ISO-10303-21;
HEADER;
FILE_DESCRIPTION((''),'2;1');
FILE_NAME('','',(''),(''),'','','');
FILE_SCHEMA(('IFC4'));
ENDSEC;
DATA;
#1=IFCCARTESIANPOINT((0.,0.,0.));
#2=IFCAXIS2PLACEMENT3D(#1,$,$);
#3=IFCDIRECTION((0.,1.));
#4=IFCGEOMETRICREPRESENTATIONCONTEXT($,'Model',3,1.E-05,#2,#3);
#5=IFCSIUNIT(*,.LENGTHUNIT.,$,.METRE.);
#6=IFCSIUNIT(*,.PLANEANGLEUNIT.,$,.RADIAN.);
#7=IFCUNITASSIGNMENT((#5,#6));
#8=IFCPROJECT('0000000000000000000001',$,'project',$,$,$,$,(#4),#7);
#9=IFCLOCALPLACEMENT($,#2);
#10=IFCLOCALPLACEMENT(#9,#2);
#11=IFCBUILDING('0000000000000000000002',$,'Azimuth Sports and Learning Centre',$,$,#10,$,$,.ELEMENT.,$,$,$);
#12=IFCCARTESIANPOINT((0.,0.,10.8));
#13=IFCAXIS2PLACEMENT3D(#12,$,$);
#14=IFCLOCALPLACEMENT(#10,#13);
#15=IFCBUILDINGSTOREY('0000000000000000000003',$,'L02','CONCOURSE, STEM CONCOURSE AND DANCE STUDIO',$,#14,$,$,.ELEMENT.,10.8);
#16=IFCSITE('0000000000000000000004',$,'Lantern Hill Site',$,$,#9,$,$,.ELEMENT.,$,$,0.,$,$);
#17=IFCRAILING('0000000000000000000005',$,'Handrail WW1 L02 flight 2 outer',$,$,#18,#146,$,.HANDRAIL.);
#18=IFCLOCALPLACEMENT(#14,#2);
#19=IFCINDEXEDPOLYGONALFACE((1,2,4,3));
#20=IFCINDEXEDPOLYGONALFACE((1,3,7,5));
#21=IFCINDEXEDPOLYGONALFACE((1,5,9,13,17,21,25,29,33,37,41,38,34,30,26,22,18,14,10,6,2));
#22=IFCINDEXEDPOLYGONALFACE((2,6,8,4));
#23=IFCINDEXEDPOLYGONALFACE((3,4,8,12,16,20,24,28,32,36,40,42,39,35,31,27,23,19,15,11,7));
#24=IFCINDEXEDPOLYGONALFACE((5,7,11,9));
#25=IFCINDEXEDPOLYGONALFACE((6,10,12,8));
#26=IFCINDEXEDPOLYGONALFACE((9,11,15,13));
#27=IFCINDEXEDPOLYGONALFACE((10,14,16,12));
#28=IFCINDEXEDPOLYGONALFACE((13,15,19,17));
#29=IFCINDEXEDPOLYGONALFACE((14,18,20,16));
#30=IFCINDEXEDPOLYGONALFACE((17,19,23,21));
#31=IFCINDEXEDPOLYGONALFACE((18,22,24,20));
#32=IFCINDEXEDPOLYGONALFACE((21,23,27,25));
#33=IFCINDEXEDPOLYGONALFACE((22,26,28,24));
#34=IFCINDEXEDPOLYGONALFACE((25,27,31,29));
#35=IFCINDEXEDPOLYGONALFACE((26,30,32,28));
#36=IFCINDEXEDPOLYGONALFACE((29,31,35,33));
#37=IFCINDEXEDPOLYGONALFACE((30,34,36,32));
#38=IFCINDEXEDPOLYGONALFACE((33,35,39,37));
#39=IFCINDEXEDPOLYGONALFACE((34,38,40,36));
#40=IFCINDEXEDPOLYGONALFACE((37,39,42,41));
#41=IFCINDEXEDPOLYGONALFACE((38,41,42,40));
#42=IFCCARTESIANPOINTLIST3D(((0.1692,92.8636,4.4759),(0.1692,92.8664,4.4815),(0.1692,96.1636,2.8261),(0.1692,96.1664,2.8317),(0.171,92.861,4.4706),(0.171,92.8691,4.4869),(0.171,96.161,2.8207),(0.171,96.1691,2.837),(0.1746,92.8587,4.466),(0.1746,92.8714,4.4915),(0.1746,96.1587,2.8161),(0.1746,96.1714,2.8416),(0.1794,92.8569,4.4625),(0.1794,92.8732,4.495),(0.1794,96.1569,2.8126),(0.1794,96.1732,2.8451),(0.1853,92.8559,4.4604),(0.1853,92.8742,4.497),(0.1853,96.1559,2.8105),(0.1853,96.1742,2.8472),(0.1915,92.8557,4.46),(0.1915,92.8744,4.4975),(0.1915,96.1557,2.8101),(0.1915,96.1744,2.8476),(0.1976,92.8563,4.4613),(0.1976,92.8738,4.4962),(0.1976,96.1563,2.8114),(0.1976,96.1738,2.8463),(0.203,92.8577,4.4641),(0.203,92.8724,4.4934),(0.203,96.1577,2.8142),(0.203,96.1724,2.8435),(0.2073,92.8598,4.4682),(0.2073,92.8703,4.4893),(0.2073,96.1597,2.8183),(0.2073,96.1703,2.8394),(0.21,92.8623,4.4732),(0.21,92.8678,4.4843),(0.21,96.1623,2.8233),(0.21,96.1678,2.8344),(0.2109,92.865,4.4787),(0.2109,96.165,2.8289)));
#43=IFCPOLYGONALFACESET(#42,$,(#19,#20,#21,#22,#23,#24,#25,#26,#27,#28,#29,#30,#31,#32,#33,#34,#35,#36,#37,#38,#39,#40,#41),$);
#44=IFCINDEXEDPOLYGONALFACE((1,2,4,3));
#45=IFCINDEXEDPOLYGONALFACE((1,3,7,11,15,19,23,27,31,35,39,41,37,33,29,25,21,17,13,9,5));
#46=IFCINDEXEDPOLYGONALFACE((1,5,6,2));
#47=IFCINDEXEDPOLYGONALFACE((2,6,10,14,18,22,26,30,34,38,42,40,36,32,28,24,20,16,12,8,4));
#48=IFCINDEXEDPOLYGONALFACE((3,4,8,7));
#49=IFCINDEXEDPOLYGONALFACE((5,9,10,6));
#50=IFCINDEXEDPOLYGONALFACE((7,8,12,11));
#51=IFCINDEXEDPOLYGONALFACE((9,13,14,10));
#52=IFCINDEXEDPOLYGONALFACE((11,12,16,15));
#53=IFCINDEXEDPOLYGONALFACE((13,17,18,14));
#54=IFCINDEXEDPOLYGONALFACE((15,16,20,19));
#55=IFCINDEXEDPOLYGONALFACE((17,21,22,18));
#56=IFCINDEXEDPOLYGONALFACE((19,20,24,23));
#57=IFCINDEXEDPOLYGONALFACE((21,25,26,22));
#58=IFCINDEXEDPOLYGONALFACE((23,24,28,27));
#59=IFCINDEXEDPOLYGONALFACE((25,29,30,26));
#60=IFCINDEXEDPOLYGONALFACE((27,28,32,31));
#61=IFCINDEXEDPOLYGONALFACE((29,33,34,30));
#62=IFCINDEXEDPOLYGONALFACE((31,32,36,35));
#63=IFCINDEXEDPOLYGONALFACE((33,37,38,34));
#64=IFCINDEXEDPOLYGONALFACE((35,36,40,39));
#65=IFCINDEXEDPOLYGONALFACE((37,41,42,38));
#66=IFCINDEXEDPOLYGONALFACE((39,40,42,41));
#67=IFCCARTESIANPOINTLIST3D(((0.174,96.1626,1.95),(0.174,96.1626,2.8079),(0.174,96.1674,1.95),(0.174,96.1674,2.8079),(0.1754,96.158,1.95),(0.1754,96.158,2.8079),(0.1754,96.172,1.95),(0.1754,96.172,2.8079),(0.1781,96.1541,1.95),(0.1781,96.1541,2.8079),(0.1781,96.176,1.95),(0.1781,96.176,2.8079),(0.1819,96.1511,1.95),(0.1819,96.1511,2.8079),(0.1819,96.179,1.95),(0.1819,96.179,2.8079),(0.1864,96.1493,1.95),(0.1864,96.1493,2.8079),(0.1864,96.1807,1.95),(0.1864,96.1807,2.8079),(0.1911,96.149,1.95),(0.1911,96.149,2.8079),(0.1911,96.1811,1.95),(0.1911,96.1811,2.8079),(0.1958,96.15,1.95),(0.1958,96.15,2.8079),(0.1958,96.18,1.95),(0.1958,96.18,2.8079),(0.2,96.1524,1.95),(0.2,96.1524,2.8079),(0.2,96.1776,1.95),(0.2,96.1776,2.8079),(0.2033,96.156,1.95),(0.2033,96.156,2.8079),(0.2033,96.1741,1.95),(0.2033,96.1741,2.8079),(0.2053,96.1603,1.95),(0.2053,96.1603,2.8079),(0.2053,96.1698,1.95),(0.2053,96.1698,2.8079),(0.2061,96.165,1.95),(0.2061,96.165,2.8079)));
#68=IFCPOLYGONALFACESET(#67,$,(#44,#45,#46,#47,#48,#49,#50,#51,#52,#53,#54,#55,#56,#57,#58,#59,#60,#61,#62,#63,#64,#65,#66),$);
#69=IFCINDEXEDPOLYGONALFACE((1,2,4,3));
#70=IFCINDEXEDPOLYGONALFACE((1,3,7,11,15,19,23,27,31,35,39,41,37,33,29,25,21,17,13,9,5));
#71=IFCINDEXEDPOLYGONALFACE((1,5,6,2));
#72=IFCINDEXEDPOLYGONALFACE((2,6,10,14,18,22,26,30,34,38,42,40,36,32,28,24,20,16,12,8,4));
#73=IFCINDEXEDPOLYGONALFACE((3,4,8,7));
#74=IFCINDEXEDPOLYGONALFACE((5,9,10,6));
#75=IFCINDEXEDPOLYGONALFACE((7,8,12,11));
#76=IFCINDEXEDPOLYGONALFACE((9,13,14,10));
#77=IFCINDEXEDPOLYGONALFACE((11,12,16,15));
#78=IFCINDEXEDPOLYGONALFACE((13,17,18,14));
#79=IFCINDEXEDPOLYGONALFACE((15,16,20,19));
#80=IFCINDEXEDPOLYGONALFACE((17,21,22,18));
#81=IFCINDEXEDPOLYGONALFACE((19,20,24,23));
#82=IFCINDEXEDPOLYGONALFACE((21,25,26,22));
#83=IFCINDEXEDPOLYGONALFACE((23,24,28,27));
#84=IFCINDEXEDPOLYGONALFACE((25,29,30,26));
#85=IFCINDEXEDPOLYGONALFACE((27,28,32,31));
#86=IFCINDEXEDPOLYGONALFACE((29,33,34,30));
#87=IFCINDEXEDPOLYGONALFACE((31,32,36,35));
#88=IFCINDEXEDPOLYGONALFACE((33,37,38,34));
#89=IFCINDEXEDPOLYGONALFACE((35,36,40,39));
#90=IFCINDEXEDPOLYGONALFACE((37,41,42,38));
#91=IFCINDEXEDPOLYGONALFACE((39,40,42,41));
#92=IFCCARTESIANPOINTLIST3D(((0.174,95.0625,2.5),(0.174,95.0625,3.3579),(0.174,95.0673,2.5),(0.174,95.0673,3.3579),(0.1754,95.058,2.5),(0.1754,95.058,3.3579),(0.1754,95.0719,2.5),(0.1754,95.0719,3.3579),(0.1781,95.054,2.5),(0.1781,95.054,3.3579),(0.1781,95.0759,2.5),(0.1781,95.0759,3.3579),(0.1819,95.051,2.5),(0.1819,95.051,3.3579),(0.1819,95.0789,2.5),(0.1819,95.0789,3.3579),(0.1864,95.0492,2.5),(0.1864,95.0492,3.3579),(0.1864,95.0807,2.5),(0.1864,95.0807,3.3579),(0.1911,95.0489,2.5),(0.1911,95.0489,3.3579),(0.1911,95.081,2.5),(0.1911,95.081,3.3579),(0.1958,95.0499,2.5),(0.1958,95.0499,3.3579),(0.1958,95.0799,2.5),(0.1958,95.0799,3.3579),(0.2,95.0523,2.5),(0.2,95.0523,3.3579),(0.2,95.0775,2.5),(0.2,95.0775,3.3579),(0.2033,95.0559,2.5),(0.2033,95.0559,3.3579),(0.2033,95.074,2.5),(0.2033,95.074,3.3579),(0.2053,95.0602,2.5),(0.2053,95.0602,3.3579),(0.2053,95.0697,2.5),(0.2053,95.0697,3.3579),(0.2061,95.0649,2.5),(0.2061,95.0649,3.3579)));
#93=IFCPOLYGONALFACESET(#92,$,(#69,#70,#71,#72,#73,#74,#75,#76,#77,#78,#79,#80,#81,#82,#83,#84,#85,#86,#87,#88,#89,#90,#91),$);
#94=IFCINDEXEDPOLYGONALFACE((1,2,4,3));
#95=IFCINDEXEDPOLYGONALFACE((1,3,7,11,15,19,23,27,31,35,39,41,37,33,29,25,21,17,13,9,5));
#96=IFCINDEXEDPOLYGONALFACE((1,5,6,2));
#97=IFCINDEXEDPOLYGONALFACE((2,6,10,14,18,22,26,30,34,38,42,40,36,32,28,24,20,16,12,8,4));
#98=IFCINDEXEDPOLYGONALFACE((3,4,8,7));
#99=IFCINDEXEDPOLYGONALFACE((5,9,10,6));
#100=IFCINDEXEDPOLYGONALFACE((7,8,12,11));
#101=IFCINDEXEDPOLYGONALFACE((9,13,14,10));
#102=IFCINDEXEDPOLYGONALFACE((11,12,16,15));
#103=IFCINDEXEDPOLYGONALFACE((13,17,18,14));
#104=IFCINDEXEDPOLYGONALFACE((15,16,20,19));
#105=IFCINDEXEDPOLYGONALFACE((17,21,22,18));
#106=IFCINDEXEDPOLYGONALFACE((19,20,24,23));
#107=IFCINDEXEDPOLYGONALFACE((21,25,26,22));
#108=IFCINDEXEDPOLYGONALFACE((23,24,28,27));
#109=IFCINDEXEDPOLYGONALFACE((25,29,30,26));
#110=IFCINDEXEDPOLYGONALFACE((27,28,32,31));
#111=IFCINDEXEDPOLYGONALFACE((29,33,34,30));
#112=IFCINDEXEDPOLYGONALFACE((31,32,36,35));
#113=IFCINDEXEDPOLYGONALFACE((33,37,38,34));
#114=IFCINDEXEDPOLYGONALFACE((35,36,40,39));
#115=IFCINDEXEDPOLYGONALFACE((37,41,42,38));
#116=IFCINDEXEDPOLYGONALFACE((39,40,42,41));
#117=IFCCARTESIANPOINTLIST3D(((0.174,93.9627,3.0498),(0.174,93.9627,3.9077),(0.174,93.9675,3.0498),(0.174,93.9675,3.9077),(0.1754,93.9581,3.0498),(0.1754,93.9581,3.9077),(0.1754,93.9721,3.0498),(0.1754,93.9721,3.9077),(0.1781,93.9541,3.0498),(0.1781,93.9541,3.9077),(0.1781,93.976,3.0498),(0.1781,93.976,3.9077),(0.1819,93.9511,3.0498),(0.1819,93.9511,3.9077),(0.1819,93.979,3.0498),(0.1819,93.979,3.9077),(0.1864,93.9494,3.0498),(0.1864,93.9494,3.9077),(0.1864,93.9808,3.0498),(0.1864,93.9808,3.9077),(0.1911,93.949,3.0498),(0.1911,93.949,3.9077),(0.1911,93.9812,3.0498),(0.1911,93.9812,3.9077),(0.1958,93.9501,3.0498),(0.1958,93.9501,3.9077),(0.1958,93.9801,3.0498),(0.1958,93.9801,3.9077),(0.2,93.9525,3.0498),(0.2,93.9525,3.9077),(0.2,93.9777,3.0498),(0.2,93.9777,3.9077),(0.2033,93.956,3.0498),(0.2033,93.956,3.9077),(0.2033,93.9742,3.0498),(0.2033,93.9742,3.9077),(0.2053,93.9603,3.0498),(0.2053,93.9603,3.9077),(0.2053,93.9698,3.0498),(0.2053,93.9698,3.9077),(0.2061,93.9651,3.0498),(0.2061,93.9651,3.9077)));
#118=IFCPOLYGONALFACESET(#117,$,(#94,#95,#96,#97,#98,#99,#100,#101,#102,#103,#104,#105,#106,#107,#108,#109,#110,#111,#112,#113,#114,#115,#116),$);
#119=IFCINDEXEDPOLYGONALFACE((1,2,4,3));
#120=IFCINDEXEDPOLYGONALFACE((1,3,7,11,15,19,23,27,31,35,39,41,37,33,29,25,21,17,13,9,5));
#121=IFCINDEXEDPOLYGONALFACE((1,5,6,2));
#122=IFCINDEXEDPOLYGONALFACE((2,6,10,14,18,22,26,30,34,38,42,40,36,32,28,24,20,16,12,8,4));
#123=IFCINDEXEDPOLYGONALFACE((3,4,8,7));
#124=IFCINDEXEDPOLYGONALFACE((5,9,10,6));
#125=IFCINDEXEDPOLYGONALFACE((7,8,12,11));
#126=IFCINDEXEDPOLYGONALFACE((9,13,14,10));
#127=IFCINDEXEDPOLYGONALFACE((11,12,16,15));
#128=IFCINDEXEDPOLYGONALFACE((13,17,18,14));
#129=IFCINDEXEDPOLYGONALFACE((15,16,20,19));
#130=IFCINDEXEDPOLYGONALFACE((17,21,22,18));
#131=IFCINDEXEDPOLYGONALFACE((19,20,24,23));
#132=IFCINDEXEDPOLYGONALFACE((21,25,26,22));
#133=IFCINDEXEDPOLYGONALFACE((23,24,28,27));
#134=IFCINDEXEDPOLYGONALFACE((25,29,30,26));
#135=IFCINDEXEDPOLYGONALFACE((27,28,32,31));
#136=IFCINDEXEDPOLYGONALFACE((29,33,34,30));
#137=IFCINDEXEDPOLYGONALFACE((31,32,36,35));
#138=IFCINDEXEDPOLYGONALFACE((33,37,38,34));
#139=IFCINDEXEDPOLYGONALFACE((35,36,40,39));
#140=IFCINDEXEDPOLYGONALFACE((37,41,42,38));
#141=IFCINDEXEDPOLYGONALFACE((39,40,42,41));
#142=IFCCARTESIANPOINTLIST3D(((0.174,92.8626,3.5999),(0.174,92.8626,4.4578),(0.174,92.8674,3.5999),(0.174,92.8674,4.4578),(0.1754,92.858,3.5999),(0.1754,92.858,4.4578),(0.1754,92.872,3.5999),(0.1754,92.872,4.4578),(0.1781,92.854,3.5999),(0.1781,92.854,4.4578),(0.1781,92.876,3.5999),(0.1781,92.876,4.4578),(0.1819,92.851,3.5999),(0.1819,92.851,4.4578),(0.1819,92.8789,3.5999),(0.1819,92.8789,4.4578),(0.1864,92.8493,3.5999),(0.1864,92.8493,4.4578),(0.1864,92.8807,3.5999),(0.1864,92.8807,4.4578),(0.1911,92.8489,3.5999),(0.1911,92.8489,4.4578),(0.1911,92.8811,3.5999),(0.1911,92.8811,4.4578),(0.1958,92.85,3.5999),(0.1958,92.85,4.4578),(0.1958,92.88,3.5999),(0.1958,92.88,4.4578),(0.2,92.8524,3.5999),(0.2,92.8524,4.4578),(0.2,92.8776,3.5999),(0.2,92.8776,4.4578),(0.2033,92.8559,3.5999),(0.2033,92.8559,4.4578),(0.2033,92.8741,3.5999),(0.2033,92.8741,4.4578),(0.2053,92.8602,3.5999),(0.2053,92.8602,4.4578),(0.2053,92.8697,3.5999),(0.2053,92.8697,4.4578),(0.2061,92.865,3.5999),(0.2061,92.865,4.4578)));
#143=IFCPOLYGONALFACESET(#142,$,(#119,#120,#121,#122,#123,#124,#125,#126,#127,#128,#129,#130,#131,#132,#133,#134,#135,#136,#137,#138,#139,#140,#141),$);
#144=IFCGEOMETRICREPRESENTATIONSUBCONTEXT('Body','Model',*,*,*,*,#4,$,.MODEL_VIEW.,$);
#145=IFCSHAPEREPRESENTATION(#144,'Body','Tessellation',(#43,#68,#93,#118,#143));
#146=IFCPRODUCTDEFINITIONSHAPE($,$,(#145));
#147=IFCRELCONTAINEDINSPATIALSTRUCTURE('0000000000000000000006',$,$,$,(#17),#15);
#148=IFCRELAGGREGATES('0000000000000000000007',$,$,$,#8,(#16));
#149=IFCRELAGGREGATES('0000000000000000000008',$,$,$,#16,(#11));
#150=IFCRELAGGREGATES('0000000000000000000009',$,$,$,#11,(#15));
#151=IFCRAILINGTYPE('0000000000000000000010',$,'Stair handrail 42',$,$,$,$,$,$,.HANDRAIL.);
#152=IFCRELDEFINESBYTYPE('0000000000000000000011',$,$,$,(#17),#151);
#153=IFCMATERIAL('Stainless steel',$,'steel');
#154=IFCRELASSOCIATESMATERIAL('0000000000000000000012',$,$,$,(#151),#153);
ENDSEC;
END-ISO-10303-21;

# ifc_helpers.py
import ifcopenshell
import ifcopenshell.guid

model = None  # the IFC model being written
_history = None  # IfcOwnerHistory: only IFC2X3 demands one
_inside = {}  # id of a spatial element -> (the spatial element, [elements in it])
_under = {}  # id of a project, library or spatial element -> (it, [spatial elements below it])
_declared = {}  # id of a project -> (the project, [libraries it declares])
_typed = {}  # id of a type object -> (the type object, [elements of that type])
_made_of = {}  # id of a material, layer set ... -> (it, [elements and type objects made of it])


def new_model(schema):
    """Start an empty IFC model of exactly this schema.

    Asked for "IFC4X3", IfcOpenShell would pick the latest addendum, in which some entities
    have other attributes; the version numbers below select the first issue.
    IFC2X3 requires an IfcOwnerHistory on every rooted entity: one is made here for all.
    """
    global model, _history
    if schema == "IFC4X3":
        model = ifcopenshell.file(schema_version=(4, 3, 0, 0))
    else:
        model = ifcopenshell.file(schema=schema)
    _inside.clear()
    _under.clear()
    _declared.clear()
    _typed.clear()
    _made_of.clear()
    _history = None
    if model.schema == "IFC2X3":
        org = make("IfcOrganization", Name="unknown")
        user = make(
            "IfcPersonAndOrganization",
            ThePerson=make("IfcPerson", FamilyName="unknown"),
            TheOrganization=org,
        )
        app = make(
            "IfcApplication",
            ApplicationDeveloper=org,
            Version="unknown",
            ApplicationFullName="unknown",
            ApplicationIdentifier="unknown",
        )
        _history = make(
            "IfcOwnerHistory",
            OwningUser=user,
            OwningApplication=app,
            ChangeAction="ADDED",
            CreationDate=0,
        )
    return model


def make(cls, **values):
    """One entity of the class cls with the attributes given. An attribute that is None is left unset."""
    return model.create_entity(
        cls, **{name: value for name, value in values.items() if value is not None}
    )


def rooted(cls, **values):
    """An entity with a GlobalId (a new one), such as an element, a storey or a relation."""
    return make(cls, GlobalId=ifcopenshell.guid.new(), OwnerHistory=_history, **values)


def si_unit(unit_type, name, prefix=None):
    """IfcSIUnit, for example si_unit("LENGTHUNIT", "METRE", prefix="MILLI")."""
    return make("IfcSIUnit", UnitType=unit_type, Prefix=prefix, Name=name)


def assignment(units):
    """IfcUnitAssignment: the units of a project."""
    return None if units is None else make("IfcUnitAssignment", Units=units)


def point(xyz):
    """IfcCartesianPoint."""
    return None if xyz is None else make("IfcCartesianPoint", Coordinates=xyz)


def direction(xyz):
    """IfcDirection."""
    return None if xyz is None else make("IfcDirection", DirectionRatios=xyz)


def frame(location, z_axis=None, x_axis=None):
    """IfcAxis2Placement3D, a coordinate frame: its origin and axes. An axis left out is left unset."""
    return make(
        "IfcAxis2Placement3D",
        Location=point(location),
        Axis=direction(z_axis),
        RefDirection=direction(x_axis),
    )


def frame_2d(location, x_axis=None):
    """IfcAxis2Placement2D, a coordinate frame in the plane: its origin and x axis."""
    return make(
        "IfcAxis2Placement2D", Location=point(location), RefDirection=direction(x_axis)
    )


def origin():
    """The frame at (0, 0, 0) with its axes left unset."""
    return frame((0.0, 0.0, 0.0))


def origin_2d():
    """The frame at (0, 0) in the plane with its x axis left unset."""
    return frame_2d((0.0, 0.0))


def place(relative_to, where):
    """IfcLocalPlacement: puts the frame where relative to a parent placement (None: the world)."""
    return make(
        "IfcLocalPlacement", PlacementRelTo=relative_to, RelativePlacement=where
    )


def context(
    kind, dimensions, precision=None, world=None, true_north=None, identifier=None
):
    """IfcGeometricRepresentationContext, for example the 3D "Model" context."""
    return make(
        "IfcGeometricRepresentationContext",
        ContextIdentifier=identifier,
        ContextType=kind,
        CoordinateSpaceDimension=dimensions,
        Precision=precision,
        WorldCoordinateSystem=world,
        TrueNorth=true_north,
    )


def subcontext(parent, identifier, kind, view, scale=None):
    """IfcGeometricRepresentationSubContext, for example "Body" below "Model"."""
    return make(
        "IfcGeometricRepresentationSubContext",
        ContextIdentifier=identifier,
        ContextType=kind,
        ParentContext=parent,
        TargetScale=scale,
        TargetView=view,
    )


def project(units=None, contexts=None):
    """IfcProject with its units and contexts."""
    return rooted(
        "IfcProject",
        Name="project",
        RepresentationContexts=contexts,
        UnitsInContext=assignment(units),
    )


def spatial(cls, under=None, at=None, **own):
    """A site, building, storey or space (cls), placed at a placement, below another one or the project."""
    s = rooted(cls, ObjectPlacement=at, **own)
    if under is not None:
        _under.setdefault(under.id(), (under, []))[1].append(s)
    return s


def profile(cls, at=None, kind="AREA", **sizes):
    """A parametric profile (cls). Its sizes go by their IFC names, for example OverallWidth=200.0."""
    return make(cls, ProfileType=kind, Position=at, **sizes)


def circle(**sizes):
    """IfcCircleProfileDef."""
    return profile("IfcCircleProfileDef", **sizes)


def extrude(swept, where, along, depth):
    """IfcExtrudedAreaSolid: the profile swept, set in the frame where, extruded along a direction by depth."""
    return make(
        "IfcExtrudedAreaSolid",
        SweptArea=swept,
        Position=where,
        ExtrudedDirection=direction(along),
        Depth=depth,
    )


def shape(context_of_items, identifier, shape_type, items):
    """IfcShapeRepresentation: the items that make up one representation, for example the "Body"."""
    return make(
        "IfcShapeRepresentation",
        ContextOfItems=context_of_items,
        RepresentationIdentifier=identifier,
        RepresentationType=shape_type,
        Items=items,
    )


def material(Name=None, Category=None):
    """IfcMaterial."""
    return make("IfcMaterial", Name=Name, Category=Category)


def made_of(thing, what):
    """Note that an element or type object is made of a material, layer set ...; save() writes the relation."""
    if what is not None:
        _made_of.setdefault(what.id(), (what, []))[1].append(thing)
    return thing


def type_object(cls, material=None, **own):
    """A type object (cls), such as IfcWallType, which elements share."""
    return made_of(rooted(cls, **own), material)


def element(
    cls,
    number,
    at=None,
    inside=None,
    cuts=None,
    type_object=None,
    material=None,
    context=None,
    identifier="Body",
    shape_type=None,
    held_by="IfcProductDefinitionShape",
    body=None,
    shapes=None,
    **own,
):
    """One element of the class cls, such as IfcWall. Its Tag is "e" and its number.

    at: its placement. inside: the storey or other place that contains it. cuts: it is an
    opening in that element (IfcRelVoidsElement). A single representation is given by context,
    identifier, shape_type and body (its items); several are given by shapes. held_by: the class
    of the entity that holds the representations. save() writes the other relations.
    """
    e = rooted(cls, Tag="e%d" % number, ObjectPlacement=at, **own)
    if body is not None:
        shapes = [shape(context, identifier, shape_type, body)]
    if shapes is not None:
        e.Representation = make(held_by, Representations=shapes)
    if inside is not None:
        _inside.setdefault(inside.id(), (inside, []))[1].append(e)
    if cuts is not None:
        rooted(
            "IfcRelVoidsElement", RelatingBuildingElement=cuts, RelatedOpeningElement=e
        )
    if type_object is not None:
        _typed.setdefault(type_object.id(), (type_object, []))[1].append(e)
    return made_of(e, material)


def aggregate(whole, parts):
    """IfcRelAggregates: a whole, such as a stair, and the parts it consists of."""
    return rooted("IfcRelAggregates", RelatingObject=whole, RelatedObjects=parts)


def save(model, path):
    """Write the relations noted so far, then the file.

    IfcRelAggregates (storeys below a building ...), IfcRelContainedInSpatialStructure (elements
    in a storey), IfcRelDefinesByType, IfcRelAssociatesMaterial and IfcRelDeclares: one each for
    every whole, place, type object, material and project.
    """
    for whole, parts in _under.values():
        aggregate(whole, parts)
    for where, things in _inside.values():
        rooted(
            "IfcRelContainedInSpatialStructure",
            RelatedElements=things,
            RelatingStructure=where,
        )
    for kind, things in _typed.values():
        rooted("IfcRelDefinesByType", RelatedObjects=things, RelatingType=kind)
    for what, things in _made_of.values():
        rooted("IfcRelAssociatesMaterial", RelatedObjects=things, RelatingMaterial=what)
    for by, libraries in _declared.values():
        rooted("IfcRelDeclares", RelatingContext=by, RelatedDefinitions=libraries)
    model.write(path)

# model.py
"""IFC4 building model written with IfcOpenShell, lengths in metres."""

from ifc_helpers import new_model, si_unit, direction, frame, origin, origin_2d, place, context, subcontext, project, spatial, circle, extrude, material, type_object, element, save


model = new_model("IFC4")

# Units and contexts
model_context = context("Model", 3, precision=1e-05, world=origin(), true_north=direction((0.0, 1.0)))
body_context = subcontext(model_context, "Body", "Model", "MODEL_VIEW")
ifc_project = project(units=[si_unit("LENGTHUNIT", "METRE"), si_unit("PLANEANGLEUNIT", "RADIAN")], contexts=[model_context])

# Site, building, storey
site_placement = place(None, origin())
site = spatial("IfcSite", under=ifc_project, at=site_placement, Name="Lantern Hill Site", CompositionType="ELEMENT", RefElevation=0.0)
building_placement = place(site_placement, origin())
building = spatial("IfcBuilding", under=site, at=building_placement, Name="Azimuth Sports and Learning Centre", CompositionType="ELEMENT")
storey_placement = place(building_placement, frame((0.0, 0.0, 10.8)))
storey = spatial("IfcBuildingStorey", under=building, at=storey_placement, Name="L02", Description="CONCOURSE, STEM CONCOURSE AND DANCE STUDIO", CompositionType="ELEMENT", Elevation=10.8)

# Railing
ifc_material_1 = material(Name="Stainless steel", Category="steel")
railing_type = type_object("IfcRailingType", Name="Stair handrail 42", PredefinedType="HANDRAIL", material=ifc_material_1)
for number, where, name in (
    (1, (0.1899, 96.165, 1.95), "Handrail WW1 L02 flight 2 outer"),
):
    element("IfcRailing", number, at=place(storey_placement, frame(where)), inside=storey, type_object=railing_type, Name=name, PredefinedType="HANDRAIL", context=body_context, shape_type="SweptSolid", body=[
        extrude(circle(Radius=0.021, at=origin_2d()), frame((0.0, 0.0, 0.8789), z_axis=(0.0, -0.89444, 0.447187), x_axis=(1.0, 0.0, 0.0)), (0.0, 0.0, 1.0), 3.6895),
        extrude(circle(Radius=0.0161, at=origin_2d()), origin(), (0.0, 0.0, 1.0), 0.8579),
        extrude(circle(Radius=0.0161, at=origin_2d()), frame((0.0, -1.1001, 0.55)), (0.0, 0.0, 1.0), 0.8579),
        extrude(circle(Radius=0.0161, at=origin_2d()), frame((0.0, -2.2, 1.0999)), (0.0, 0.0, 1.0), 0.8579),
        extrude(circle(Radius=0.0161, at=origin_2d()), frame((0.0, -3.3, 1.6499)), (0.0, 0.0, 1.0), 0.8579),
    ])

save(model, "model.ifc")
